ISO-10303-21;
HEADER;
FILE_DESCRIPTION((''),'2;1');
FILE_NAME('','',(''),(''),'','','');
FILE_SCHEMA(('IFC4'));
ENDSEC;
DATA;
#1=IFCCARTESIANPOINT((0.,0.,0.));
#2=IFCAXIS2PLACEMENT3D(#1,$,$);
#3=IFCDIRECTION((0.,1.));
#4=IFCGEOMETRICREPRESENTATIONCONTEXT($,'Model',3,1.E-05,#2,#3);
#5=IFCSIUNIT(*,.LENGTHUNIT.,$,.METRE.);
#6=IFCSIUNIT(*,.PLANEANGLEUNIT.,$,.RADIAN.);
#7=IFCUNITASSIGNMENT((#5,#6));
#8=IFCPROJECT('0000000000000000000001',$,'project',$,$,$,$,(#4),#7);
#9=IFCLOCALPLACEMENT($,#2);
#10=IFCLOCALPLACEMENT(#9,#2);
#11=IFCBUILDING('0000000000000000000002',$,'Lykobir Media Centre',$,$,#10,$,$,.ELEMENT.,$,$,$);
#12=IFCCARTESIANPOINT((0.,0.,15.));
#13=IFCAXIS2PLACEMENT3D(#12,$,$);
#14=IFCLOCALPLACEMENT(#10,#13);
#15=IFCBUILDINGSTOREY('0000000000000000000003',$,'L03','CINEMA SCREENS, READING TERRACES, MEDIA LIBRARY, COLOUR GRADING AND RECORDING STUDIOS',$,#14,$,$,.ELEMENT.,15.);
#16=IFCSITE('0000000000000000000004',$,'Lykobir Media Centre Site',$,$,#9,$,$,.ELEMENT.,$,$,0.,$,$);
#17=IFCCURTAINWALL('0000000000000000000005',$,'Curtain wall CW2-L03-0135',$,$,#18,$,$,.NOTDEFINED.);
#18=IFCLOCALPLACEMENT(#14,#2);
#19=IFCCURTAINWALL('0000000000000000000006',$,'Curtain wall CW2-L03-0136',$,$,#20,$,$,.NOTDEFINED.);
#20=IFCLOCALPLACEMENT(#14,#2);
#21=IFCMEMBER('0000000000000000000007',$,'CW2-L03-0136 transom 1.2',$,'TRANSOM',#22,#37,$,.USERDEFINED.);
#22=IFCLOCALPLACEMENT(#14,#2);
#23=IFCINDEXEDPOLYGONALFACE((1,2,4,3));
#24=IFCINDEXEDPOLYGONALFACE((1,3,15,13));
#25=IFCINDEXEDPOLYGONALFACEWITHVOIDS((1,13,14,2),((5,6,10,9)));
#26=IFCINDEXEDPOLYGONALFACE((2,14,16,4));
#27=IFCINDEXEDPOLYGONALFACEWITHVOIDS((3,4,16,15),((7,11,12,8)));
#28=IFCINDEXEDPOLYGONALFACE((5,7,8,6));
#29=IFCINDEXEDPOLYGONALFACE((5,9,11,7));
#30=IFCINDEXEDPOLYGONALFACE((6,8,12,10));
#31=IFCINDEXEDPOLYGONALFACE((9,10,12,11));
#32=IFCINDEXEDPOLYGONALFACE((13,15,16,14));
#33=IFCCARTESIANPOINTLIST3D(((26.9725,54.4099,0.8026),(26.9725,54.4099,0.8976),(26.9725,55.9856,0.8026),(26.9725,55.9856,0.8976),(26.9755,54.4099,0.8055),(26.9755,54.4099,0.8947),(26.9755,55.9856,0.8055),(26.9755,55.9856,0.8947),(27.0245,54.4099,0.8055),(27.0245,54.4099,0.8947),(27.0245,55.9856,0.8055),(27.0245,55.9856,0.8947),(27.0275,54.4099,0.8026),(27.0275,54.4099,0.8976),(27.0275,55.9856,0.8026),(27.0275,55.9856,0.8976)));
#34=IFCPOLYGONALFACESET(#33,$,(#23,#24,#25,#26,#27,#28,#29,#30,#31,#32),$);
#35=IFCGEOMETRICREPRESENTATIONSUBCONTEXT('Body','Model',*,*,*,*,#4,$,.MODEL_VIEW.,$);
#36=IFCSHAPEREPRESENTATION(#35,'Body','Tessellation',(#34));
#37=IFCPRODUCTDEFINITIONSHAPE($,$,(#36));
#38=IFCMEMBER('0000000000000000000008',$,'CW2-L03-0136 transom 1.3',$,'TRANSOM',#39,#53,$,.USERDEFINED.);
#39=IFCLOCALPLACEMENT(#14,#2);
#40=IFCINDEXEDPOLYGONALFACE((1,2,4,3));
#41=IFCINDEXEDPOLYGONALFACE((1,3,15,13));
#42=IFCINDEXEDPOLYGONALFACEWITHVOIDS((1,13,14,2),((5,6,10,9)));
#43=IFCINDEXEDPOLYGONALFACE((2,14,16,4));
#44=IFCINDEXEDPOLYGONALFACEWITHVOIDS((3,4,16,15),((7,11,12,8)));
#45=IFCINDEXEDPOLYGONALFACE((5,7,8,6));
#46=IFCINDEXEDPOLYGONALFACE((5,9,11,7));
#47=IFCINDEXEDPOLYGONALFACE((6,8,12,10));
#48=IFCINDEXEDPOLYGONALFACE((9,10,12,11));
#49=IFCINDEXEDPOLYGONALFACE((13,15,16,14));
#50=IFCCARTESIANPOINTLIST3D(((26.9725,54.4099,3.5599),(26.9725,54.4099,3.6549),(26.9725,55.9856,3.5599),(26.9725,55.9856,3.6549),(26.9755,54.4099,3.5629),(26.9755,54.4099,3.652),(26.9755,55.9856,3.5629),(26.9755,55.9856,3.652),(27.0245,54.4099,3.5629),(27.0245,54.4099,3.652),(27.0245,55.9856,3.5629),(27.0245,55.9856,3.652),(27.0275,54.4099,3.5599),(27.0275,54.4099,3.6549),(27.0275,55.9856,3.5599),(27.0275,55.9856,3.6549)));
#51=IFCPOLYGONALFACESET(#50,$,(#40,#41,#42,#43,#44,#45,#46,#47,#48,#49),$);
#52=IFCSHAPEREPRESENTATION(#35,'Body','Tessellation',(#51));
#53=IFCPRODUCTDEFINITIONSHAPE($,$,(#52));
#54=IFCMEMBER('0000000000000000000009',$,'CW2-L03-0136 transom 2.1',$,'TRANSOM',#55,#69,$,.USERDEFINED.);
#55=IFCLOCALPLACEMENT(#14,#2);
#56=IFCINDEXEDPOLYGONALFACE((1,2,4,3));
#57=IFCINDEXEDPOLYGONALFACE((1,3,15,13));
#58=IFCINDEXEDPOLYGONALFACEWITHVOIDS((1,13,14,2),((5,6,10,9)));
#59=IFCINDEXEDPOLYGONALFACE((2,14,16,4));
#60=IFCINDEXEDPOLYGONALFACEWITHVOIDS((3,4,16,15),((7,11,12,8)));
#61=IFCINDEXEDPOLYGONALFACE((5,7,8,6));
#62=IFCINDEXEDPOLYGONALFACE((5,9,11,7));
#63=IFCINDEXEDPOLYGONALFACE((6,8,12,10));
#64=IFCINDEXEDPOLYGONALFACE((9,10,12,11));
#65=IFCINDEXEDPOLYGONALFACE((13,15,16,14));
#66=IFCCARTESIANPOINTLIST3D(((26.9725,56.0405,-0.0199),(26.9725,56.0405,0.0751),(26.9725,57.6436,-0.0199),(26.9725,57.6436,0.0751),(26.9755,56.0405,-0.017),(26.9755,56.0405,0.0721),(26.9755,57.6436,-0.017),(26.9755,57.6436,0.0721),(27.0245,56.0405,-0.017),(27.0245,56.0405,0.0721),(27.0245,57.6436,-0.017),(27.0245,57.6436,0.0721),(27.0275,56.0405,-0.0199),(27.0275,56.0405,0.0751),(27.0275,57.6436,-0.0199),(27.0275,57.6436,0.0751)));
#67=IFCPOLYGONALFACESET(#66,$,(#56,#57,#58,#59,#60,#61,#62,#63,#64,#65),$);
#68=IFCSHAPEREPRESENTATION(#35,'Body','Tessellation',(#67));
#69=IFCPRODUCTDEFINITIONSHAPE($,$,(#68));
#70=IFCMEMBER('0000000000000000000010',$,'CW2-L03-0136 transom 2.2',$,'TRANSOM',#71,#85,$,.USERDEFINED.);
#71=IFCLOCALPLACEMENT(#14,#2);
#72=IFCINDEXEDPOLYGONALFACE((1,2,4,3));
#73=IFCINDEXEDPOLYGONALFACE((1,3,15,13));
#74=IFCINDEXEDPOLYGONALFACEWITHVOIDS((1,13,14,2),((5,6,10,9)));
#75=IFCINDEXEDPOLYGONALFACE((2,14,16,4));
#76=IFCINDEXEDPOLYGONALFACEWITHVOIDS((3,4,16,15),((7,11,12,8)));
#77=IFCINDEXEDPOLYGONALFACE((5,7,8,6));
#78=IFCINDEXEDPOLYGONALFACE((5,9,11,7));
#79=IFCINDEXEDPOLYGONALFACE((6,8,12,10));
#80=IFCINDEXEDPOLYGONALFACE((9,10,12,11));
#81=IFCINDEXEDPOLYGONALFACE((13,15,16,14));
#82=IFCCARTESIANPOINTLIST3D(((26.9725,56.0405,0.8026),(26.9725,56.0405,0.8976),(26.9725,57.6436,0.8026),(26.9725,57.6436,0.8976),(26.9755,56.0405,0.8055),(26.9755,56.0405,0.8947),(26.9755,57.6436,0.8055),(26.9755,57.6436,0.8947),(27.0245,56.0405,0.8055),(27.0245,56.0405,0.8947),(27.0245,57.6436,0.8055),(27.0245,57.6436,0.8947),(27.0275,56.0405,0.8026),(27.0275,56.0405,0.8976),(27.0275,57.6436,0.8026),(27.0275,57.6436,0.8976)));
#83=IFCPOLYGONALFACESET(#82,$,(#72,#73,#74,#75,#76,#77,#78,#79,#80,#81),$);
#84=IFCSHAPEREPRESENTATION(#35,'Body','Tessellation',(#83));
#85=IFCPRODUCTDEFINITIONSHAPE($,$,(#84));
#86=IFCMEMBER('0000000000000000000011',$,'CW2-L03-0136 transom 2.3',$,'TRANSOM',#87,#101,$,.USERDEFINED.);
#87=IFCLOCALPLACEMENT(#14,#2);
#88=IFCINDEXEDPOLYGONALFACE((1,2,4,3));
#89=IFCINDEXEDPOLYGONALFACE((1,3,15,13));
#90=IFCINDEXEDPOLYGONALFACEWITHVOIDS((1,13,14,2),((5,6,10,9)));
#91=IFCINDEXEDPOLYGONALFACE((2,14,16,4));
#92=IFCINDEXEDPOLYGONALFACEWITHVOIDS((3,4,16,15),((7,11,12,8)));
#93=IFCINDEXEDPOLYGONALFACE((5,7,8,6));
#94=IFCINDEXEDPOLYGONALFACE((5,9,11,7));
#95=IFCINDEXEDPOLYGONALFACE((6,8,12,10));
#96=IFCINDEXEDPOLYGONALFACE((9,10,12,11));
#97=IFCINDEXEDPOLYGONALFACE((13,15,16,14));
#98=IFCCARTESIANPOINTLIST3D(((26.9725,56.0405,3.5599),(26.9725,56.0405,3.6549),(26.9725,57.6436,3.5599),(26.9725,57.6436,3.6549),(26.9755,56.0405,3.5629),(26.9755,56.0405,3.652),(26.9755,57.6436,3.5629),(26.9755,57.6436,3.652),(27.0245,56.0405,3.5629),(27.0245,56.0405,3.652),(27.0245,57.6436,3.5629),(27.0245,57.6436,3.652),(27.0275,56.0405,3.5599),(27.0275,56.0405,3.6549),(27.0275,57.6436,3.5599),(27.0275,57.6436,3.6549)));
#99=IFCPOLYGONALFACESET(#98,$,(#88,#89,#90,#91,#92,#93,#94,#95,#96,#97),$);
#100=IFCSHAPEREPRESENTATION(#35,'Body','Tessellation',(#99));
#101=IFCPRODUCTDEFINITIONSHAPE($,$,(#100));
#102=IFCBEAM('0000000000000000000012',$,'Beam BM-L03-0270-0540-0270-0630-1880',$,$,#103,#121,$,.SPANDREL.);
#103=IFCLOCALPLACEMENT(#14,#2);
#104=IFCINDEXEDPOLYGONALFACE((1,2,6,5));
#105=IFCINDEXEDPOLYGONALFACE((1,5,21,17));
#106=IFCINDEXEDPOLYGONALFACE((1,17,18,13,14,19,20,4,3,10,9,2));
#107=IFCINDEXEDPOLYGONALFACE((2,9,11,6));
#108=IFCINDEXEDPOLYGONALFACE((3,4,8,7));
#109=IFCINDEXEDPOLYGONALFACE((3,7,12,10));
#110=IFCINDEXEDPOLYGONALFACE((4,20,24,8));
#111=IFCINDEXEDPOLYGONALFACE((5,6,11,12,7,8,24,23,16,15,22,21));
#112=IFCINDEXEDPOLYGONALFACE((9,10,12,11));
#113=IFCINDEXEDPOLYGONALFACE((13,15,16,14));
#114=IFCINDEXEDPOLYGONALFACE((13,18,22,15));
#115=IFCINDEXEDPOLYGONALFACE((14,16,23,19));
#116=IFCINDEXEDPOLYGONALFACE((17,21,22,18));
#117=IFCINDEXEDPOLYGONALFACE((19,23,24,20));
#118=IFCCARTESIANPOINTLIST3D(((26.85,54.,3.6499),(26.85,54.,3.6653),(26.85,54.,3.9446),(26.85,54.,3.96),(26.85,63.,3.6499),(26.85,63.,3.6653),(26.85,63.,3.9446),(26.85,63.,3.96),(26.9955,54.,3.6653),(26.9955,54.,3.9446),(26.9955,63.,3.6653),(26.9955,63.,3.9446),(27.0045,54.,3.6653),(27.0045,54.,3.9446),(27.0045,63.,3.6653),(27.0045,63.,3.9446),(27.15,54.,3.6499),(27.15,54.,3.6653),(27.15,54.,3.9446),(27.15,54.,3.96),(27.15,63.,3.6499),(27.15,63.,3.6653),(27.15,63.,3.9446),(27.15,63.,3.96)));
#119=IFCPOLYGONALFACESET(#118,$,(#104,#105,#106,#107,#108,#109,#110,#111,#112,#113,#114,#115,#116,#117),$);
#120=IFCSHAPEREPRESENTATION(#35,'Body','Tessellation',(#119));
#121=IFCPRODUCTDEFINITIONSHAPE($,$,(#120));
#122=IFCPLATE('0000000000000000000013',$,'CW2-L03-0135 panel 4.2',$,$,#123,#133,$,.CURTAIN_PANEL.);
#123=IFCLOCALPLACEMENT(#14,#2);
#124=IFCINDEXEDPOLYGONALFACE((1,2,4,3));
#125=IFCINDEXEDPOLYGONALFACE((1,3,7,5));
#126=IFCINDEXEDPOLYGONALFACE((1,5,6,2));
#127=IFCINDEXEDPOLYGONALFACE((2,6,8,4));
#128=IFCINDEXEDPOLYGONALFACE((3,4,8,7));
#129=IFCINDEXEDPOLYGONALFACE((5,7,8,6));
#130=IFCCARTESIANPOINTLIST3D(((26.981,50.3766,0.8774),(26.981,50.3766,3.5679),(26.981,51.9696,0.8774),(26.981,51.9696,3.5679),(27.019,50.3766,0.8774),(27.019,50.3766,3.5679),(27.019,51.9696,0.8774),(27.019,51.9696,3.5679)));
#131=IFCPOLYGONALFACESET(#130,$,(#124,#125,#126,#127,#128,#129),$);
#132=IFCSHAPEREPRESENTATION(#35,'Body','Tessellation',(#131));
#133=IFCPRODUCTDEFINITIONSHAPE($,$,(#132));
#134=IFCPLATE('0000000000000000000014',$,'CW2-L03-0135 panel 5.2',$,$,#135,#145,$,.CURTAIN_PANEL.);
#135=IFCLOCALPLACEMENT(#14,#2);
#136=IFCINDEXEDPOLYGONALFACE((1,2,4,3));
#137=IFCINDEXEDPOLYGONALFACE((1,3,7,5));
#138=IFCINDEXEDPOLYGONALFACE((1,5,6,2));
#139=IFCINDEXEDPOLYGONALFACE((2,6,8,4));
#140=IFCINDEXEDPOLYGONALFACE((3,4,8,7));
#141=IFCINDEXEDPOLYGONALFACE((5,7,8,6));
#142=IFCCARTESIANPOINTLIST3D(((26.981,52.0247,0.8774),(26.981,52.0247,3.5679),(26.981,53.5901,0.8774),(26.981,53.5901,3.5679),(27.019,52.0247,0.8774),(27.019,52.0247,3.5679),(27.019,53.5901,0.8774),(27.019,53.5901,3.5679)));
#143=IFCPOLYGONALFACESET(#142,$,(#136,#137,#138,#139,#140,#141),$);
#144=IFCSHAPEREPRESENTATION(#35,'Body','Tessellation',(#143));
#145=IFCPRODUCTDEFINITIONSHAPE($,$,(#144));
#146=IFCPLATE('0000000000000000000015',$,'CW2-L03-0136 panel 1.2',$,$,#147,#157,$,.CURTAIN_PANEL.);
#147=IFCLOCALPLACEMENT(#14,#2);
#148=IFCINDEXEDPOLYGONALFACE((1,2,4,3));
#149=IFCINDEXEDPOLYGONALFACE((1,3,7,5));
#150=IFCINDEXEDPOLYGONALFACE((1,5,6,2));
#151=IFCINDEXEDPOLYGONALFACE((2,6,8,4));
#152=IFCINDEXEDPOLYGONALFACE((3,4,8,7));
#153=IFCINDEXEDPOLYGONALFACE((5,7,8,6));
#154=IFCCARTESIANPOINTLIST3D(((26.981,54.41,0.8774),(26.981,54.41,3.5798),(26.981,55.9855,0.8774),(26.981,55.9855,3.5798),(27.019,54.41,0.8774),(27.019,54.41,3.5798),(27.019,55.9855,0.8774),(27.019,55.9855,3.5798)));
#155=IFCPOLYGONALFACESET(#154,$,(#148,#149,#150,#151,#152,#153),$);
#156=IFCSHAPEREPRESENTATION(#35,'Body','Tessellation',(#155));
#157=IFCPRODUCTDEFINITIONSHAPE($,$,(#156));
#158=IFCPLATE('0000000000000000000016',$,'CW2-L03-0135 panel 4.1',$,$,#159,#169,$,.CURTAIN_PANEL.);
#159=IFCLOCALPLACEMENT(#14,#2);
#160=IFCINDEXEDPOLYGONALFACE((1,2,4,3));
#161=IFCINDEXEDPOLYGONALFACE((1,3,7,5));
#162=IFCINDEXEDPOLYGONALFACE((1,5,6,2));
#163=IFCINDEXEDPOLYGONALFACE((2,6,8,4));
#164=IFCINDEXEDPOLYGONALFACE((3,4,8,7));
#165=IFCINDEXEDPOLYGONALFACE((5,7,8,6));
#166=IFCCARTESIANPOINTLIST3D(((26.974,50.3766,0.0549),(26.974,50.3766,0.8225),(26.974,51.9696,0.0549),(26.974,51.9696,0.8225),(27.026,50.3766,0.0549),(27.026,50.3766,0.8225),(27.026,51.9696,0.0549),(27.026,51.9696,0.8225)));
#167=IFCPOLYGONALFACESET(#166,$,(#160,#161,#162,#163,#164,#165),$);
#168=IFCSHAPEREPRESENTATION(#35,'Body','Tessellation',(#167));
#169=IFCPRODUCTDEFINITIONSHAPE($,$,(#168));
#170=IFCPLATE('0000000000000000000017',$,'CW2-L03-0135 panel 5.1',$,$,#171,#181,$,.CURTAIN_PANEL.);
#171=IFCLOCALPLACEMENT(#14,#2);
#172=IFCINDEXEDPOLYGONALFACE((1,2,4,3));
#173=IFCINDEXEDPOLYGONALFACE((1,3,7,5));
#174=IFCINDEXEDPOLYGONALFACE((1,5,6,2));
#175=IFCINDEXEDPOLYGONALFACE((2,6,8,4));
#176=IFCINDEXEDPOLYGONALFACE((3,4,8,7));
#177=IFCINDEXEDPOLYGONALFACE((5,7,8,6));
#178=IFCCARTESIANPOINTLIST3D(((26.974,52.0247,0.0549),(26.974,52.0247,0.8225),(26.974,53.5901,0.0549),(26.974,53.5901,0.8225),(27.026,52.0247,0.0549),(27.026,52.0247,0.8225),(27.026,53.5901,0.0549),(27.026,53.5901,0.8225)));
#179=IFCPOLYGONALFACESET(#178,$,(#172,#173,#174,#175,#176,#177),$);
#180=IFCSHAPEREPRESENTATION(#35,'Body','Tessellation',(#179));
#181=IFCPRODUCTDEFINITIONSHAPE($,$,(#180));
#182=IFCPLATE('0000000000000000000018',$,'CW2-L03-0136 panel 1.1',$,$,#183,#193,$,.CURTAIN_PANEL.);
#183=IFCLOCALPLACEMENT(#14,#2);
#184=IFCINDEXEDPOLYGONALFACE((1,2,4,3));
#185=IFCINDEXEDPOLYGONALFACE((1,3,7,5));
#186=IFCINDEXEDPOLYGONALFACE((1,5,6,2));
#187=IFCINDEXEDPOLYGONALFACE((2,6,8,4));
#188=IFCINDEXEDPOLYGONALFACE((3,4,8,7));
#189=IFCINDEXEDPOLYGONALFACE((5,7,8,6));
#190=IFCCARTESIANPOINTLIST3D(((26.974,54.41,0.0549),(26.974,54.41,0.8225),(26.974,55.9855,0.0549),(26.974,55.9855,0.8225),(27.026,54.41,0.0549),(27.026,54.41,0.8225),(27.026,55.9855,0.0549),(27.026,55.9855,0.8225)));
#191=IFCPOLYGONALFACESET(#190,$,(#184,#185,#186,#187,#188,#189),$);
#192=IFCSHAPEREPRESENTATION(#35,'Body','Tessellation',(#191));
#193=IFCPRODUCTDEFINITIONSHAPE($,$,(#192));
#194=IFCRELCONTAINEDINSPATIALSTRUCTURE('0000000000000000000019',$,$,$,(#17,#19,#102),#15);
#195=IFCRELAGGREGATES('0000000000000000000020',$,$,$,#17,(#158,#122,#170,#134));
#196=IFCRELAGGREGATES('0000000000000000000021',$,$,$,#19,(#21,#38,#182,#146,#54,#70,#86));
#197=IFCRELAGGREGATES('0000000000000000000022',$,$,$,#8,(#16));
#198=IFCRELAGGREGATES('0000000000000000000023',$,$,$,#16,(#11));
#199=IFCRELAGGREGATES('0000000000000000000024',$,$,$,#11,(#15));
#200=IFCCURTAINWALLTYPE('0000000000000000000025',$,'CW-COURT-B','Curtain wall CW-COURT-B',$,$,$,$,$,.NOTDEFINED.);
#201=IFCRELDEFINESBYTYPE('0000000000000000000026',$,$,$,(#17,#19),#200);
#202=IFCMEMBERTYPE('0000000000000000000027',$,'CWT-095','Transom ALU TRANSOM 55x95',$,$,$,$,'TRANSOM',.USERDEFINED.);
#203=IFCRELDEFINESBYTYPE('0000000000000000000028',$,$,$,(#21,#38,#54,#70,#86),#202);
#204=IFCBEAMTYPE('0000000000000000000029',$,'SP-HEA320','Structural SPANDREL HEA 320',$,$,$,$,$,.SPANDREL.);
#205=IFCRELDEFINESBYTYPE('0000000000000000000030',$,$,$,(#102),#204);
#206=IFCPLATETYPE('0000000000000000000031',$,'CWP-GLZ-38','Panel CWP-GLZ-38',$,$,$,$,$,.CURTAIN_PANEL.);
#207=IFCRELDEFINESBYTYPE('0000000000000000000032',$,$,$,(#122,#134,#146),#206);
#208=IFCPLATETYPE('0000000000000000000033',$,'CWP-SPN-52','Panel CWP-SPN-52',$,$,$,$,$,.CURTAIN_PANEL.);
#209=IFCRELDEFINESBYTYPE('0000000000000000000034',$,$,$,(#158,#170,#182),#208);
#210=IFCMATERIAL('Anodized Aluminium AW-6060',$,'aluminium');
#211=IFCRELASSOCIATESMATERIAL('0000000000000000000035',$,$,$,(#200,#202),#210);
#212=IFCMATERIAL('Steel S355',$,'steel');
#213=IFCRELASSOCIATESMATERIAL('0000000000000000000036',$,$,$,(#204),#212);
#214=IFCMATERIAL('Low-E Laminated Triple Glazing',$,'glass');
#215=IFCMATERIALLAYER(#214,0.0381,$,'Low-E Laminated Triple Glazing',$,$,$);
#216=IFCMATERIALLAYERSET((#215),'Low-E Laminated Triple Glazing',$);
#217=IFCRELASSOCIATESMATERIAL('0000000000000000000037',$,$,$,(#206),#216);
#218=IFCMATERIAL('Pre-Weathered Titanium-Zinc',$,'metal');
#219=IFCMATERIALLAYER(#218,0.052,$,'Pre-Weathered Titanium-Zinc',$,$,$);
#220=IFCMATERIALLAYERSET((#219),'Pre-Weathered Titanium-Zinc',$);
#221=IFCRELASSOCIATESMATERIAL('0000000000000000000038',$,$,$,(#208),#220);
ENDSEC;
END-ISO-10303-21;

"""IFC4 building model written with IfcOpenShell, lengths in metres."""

from ifc_helpers import new_model, si_unit, direction, frame, origin, origin_2d, place, context, subcontext, project, spatial, rectangle, hollow_rectangle, i_section, extrude, material, layer, layer_set, material_profile, profile_set, type_object, element, aggregate, save


model = new_model("IFC4")

# Units and contexts
model_context = context("Model", 3, precision=1e-05, world=origin(), true_north=direction((0.0, 1.0)))
body_context = subcontext(model_context, "Body", "Model", "MODEL_VIEW")
ifc_project = project(units=[si_unit("LENGTHUNIT", "METRE"), si_unit("PLANEANGLEUNIT", "RADIAN")], contexts=[model_context])

# Site, building, storey
site_placement = place(None, origin())
site = spatial("IfcSite", under=ifc_project, at=site_placement, Name="Lykobir Media Centre Site", CompositionType="ELEMENT", RefElevation=0.0)
building_placement = place(site_placement, origin())
building = spatial("IfcBuilding", under=site, at=building_placement, Name="Lykobir Media Centre", CompositionType="ELEMENT")
storey_placement = place(building_placement, frame((0.0, 0.0, 15.0)))
storey = spatial("IfcBuildingStorey", under=building, at=storey_placement, Name="L03", Description="CINEMA SCREENS, READING TERRACES, MEDIA LIBRARY, COLOUR GRADING AND RECORDING STUDIOS", CompositionType="ELEMENT", Elevation=15.0)

# Shared definitions
ifc_material_1 = material(Name="Steel S355", Category="steel")

# Curtain walls
ifc_material_2 = material(Name="Anodized Aluminium AW-6060", Category="aluminium")
curtain_wall_type = type_object("IfcCurtainWallType", Name="CW-COURT-B", Description="Curtain wall CW-COURT-B", PredefinedType="NOTDEFINED", material=ifc_material_2)
curtain_wall_1_placement = place(storey_placement, origin())
curtain_wall_1 = element("IfcCurtainWall", 1, at=curtain_wall_1_placement, inside=storey, type_object=curtain_wall_type, Name="Curtain wall CW2-L03-0135", PredefinedType="NOTDEFINED")
curtain_wall_2_placement = place(storey_placement, origin())
curtain_wall_2 = element("IfcCurtainWall", 2, at=curtain_wall_2_placement, inside=storey, type_object=curtain_wall_type, Name="Curtain wall CW2-L03-0136", PredefinedType="NOTDEFINED")

# Members
ifc_material_profile_1 = material_profile(ifc_material_2, hollow_rectangle(XDim=0.0549, YDim=0.095, WallThickness=0.0029, at=origin_2d()), Name="ALU TRANSOM 55x95")
ifc_profile_set_1 = profile_set([ifc_material_profile_1], Name="Anodized Aluminium AW-6060")
member_type_1 = type_object("IfcMemberType", Name="CWT-095", Description="Transom ALU TRANSOM 55x95", ElementType="TRANSOM", PredefinedType="USERDEFINED", material=ifc_profile_set_1)
member_1_placement = place(storey_placement, frame((27.0, 54.4099, 0.8501), z_axis=(0.0, 1.0, 0.0), x_axis=(-1.0, 0.0, 0.0)))
member_1 = element("IfcMember", 3, at=member_1_placement, type_object=member_type_1, Name="CW2-L03-0136 transom 1.2", ObjectType="TRANSOM", PredefinedType="USERDEFINED", context=body_context, shape_type="SweptSolid", body=[
    extrude(hollow_rectangle(XDim=0.0549, YDim=0.095, WallThickness=0.0029, at=origin_2d()), origin(), (0.0, 0.0, 1.0), 1.5757),
])
member_2_placement = place(storey_placement, frame((27.0, 54.4099, 3.6074), z_axis=(0.0, 1.0, 0.0), x_axis=(-1.0, 0.0, 0.0)))
member_2 = element("IfcMember", 4, at=member_2_placement, type_object=member_type_1, Name="CW2-L03-0136 transom 1.3", ObjectType="TRANSOM", PredefinedType="USERDEFINED", context=body_context, shape_type="SweptSolid", body=[
    extrude(hollow_rectangle(XDim=0.0549, YDim=0.095, WallThickness=0.0029, at=origin_2d()), origin(), (0.0, 0.0, 1.0), 1.5757),
])
member_3_placement = place(storey_placement, frame((27.0, 56.0405, 0.0276), z_axis=(0.0, 1.0, 0.0), x_axis=(-1.0, 0.0, 0.0)))
member_3 = element("IfcMember", 5, at=member_3_placement, type_object=member_type_1, Name="CW2-L03-0136 transom 2.1", ObjectType="TRANSOM", PredefinedType="USERDEFINED", context=body_context, shape_type="SweptSolid", body=[
    extrude(hollow_rectangle(XDim=0.0549, YDim=0.095, WallThickness=0.0029, at=origin_2d()), origin(), (0.0, 0.0, 1.0), 1.603),
])
member_4_placement = place(storey_placement, frame((27.0, 56.0405, 0.8501), z_axis=(0.0, 1.0, 0.0), x_axis=(-1.0, 0.0, 0.0)))
member_4 = element("IfcMember", 6, at=member_4_placement, type_object=member_type_1, Name="CW2-L03-0136 transom 2.2", ObjectType="TRANSOM", PredefinedType="USERDEFINED", context=body_context, shape_type="SweptSolid", body=[
    extrude(hollow_rectangle(XDim=0.0549, YDim=0.095, WallThickness=0.0029, at=origin_2d()), origin(), (0.0, 0.0, 1.0), 1.603),
])
member_5_placement = place(storey_placement, frame((27.0, 56.0405, 3.6074), z_axis=(0.0, 1.0, 0.0), x_axis=(-1.0, 0.0, 0.0)))
member_5 = element("IfcMember", 7, at=member_5_placement, type_object=member_type_1, Name="CW2-L03-0136 transom 2.3", ObjectType="TRANSOM", PredefinedType="USERDEFINED", context=body_context, shape_type="SweptSolid", body=[
    extrude(hollow_rectangle(XDim=0.0549, YDim=0.095, WallThickness=0.0029, at=origin_2d()), origin(), (0.0, 0.0, 1.0), 1.603),
])

# Beam
ifc_material_profile_2 = material_profile(ifc_material_1, i_section(OverallWidth=0.3, OverallDepth=0.3101, WebThickness=0.009, FlangeThickness=0.0154, at=origin_2d()), Name="HEA 320")
ifc_profile_set_2 = profile_set([ifc_material_profile_2], Name="Steel S355")
beam_type_1 = type_object("IfcBeamType", Name="SP-HEA320", Description="Structural SPANDREL HEA 320", PredefinedType="SPANDREL", material=ifc_profile_set_2)
beam_1_placement = place(storey_placement, frame((27.0, 54.0, 3.8049), z_axis=(0.0, 1.0, 0.0), x_axis=(-1.0, 0.0, 0.0)))
element("IfcBeam", 8, at=beam_1_placement, inside=storey, type_object=beam_type_1, Name="Beam BM-L03-0270-0540-0270-0630-1880", PredefinedType="SPANDREL", context=body_context, shape_type="SweptSolid", body=[
    extrude(i_section(OverallWidth=0.3, OverallDepth=0.3101, WebThickness=0.009, FlangeThickness=0.0154, at=origin_2d()), origin(), (0.0, 0.0, 1.0), 9.0),
])

# Plates
ifc_material_3 = material(Name="Low-E Laminated Triple Glazing", Category="glass")
ifc_layer_1 = layer(ifc_material_3, 0.0381, Name="Low-E Laminated Triple Glazing")
ifc_layer_set_1 = layer_set([ifc_layer_1], Name="Low-E Laminated Triple Glazing")
plate_type_1 = type_object("IfcPlateType", Name="CWP-GLZ-38", Description="Panel CWP-GLZ-38", PredefinedType="CURTAIN_PANEL", material=ifc_layer_set_1)
plate_1_placement = place(storey_placement, frame((27.0, 51.1731, 0.8774), z_axis=(0.0, 0.0, 1.0), x_axis=(0.0, 1.0, 0.0)))
plate_1 = element("IfcPlate", 9, at=plate_1_placement, type_object=plate_type_1, Name="CW2-L03-0135 panel 4.2", PredefinedType="CURTAIN_PANEL", context=body_context, shape_type="SweptSolid", body=[
    extrude(rectangle(XDim=1.593, YDim=0.0381, at=origin_2d()), origin(), (0.0, 0.0, 1.0), 2.6904),
])
plate_2_placement = place(storey_placement, frame((27.0, 52.8074, 0.8774), z_axis=(0.0, 0.0, 1.0), x_axis=(0.0, 1.0, 0.0)))
plate_2 = element("IfcPlate", 10, at=plate_2_placement, type_object=plate_type_1, Name="CW2-L03-0135 panel 5.2", PredefinedType="CURTAIN_PANEL", context=body_context, shape_type="SweptSolid", body=[
    extrude(rectangle(XDim=1.5654, YDim=0.0381, at=origin_2d()), origin(), (0.0, 0.0, 1.0), 2.6904),
])
plate_3_placement = place(storey_placement, frame((27.0, 55.1978, 0.8774), z_axis=(0.0, 0.0, 1.0), x_axis=(0.0, 1.0, 0.0)))
plate_3 = element("IfcPlate", 11, at=plate_3_placement, type_object=plate_type_1, Name="CW2-L03-0136 panel 1.2", PredefinedType="CURTAIN_PANEL", context=body_context, shape_type="SweptSolid", body=[
    extrude(rectangle(XDim=1.5754, YDim=0.0381, at=origin_2d()), origin(), (0.0, 0.0, 1.0), 2.7024),
])
ifc_material_4 = material(Name="Pre-Weathered Titanium-Zinc", Category="metal")
ifc_layer_2 = layer(ifc_material_4, 0.052, Name="Pre-Weathered Titanium-Zinc")
ifc_layer_set_2 = layer_set([ifc_layer_2], Name="Pre-Weathered Titanium-Zinc")
plate_type_2 = type_object("IfcPlateType", Name="CWP-SPN-52", Description="Panel CWP-SPN-52", PredefinedType="CURTAIN_PANEL", material=ifc_layer_set_2)
plate_4_placement = place(storey_placement, frame((27.0, 51.1731, 0.0549), z_axis=(0.0, 0.0, 1.0), x_axis=(0.0, 1.0, 0.0)))
plate_4 = element("IfcPlate", 12, at=plate_4_placement, type_object=plate_type_2, Name="CW2-L03-0135 panel 4.1", PredefinedType="CURTAIN_PANEL", context=body_context, shape_type="SweptSolid", body=[
    extrude(rectangle(XDim=1.593, YDim=0.052, at=origin_2d()), origin(), (0.0, 0.0, 1.0), 0.7676),
])
plate_5_placement = place(storey_placement, frame((27.0, 52.8074, 0.0549), z_axis=(0.0, 0.0, 1.0), x_axis=(0.0, 1.0, 0.0)))
plate_5 = element("IfcPlate", 13, at=plate_5_placement, type_object=plate_type_2, Name="CW2-L03-0135 panel 5.1", PredefinedType="CURTAIN_PANEL", context=body_context, shape_type="SweptSolid", body=[
    extrude(rectangle(XDim=1.5654, YDim=0.052, at=origin_2d()), origin(), (0.0, 0.0, 1.0), 0.7676),
])
aggregate(curtain_wall_1, [plate_4, plate_1, plate_5, plate_2])
plate_6_placement = place(storey_placement, frame((27.0, 55.1978, 0.0549), z_axis=(0.0, 0.0, 1.0), x_axis=(0.0, 1.0, 0.0)))
plate_6 = element("IfcPlate", 14, at=plate_6_placement, type_object=plate_type_2, Name="CW2-L03-0136 panel 1.1", PredefinedType="CURTAIN_PANEL", context=body_context, shape_type="SweptSolid", body=[
    extrude(rectangle(XDim=1.5754, YDim=0.052, at=origin_2d()), origin(), (0.0, 0.0, 1.0), 0.7676),
])
aggregate(curtain_wall_2, [member_1, member_2, plate_6, plate_3, member_3, member_4, member_5])

save(model, "model.ifc")
